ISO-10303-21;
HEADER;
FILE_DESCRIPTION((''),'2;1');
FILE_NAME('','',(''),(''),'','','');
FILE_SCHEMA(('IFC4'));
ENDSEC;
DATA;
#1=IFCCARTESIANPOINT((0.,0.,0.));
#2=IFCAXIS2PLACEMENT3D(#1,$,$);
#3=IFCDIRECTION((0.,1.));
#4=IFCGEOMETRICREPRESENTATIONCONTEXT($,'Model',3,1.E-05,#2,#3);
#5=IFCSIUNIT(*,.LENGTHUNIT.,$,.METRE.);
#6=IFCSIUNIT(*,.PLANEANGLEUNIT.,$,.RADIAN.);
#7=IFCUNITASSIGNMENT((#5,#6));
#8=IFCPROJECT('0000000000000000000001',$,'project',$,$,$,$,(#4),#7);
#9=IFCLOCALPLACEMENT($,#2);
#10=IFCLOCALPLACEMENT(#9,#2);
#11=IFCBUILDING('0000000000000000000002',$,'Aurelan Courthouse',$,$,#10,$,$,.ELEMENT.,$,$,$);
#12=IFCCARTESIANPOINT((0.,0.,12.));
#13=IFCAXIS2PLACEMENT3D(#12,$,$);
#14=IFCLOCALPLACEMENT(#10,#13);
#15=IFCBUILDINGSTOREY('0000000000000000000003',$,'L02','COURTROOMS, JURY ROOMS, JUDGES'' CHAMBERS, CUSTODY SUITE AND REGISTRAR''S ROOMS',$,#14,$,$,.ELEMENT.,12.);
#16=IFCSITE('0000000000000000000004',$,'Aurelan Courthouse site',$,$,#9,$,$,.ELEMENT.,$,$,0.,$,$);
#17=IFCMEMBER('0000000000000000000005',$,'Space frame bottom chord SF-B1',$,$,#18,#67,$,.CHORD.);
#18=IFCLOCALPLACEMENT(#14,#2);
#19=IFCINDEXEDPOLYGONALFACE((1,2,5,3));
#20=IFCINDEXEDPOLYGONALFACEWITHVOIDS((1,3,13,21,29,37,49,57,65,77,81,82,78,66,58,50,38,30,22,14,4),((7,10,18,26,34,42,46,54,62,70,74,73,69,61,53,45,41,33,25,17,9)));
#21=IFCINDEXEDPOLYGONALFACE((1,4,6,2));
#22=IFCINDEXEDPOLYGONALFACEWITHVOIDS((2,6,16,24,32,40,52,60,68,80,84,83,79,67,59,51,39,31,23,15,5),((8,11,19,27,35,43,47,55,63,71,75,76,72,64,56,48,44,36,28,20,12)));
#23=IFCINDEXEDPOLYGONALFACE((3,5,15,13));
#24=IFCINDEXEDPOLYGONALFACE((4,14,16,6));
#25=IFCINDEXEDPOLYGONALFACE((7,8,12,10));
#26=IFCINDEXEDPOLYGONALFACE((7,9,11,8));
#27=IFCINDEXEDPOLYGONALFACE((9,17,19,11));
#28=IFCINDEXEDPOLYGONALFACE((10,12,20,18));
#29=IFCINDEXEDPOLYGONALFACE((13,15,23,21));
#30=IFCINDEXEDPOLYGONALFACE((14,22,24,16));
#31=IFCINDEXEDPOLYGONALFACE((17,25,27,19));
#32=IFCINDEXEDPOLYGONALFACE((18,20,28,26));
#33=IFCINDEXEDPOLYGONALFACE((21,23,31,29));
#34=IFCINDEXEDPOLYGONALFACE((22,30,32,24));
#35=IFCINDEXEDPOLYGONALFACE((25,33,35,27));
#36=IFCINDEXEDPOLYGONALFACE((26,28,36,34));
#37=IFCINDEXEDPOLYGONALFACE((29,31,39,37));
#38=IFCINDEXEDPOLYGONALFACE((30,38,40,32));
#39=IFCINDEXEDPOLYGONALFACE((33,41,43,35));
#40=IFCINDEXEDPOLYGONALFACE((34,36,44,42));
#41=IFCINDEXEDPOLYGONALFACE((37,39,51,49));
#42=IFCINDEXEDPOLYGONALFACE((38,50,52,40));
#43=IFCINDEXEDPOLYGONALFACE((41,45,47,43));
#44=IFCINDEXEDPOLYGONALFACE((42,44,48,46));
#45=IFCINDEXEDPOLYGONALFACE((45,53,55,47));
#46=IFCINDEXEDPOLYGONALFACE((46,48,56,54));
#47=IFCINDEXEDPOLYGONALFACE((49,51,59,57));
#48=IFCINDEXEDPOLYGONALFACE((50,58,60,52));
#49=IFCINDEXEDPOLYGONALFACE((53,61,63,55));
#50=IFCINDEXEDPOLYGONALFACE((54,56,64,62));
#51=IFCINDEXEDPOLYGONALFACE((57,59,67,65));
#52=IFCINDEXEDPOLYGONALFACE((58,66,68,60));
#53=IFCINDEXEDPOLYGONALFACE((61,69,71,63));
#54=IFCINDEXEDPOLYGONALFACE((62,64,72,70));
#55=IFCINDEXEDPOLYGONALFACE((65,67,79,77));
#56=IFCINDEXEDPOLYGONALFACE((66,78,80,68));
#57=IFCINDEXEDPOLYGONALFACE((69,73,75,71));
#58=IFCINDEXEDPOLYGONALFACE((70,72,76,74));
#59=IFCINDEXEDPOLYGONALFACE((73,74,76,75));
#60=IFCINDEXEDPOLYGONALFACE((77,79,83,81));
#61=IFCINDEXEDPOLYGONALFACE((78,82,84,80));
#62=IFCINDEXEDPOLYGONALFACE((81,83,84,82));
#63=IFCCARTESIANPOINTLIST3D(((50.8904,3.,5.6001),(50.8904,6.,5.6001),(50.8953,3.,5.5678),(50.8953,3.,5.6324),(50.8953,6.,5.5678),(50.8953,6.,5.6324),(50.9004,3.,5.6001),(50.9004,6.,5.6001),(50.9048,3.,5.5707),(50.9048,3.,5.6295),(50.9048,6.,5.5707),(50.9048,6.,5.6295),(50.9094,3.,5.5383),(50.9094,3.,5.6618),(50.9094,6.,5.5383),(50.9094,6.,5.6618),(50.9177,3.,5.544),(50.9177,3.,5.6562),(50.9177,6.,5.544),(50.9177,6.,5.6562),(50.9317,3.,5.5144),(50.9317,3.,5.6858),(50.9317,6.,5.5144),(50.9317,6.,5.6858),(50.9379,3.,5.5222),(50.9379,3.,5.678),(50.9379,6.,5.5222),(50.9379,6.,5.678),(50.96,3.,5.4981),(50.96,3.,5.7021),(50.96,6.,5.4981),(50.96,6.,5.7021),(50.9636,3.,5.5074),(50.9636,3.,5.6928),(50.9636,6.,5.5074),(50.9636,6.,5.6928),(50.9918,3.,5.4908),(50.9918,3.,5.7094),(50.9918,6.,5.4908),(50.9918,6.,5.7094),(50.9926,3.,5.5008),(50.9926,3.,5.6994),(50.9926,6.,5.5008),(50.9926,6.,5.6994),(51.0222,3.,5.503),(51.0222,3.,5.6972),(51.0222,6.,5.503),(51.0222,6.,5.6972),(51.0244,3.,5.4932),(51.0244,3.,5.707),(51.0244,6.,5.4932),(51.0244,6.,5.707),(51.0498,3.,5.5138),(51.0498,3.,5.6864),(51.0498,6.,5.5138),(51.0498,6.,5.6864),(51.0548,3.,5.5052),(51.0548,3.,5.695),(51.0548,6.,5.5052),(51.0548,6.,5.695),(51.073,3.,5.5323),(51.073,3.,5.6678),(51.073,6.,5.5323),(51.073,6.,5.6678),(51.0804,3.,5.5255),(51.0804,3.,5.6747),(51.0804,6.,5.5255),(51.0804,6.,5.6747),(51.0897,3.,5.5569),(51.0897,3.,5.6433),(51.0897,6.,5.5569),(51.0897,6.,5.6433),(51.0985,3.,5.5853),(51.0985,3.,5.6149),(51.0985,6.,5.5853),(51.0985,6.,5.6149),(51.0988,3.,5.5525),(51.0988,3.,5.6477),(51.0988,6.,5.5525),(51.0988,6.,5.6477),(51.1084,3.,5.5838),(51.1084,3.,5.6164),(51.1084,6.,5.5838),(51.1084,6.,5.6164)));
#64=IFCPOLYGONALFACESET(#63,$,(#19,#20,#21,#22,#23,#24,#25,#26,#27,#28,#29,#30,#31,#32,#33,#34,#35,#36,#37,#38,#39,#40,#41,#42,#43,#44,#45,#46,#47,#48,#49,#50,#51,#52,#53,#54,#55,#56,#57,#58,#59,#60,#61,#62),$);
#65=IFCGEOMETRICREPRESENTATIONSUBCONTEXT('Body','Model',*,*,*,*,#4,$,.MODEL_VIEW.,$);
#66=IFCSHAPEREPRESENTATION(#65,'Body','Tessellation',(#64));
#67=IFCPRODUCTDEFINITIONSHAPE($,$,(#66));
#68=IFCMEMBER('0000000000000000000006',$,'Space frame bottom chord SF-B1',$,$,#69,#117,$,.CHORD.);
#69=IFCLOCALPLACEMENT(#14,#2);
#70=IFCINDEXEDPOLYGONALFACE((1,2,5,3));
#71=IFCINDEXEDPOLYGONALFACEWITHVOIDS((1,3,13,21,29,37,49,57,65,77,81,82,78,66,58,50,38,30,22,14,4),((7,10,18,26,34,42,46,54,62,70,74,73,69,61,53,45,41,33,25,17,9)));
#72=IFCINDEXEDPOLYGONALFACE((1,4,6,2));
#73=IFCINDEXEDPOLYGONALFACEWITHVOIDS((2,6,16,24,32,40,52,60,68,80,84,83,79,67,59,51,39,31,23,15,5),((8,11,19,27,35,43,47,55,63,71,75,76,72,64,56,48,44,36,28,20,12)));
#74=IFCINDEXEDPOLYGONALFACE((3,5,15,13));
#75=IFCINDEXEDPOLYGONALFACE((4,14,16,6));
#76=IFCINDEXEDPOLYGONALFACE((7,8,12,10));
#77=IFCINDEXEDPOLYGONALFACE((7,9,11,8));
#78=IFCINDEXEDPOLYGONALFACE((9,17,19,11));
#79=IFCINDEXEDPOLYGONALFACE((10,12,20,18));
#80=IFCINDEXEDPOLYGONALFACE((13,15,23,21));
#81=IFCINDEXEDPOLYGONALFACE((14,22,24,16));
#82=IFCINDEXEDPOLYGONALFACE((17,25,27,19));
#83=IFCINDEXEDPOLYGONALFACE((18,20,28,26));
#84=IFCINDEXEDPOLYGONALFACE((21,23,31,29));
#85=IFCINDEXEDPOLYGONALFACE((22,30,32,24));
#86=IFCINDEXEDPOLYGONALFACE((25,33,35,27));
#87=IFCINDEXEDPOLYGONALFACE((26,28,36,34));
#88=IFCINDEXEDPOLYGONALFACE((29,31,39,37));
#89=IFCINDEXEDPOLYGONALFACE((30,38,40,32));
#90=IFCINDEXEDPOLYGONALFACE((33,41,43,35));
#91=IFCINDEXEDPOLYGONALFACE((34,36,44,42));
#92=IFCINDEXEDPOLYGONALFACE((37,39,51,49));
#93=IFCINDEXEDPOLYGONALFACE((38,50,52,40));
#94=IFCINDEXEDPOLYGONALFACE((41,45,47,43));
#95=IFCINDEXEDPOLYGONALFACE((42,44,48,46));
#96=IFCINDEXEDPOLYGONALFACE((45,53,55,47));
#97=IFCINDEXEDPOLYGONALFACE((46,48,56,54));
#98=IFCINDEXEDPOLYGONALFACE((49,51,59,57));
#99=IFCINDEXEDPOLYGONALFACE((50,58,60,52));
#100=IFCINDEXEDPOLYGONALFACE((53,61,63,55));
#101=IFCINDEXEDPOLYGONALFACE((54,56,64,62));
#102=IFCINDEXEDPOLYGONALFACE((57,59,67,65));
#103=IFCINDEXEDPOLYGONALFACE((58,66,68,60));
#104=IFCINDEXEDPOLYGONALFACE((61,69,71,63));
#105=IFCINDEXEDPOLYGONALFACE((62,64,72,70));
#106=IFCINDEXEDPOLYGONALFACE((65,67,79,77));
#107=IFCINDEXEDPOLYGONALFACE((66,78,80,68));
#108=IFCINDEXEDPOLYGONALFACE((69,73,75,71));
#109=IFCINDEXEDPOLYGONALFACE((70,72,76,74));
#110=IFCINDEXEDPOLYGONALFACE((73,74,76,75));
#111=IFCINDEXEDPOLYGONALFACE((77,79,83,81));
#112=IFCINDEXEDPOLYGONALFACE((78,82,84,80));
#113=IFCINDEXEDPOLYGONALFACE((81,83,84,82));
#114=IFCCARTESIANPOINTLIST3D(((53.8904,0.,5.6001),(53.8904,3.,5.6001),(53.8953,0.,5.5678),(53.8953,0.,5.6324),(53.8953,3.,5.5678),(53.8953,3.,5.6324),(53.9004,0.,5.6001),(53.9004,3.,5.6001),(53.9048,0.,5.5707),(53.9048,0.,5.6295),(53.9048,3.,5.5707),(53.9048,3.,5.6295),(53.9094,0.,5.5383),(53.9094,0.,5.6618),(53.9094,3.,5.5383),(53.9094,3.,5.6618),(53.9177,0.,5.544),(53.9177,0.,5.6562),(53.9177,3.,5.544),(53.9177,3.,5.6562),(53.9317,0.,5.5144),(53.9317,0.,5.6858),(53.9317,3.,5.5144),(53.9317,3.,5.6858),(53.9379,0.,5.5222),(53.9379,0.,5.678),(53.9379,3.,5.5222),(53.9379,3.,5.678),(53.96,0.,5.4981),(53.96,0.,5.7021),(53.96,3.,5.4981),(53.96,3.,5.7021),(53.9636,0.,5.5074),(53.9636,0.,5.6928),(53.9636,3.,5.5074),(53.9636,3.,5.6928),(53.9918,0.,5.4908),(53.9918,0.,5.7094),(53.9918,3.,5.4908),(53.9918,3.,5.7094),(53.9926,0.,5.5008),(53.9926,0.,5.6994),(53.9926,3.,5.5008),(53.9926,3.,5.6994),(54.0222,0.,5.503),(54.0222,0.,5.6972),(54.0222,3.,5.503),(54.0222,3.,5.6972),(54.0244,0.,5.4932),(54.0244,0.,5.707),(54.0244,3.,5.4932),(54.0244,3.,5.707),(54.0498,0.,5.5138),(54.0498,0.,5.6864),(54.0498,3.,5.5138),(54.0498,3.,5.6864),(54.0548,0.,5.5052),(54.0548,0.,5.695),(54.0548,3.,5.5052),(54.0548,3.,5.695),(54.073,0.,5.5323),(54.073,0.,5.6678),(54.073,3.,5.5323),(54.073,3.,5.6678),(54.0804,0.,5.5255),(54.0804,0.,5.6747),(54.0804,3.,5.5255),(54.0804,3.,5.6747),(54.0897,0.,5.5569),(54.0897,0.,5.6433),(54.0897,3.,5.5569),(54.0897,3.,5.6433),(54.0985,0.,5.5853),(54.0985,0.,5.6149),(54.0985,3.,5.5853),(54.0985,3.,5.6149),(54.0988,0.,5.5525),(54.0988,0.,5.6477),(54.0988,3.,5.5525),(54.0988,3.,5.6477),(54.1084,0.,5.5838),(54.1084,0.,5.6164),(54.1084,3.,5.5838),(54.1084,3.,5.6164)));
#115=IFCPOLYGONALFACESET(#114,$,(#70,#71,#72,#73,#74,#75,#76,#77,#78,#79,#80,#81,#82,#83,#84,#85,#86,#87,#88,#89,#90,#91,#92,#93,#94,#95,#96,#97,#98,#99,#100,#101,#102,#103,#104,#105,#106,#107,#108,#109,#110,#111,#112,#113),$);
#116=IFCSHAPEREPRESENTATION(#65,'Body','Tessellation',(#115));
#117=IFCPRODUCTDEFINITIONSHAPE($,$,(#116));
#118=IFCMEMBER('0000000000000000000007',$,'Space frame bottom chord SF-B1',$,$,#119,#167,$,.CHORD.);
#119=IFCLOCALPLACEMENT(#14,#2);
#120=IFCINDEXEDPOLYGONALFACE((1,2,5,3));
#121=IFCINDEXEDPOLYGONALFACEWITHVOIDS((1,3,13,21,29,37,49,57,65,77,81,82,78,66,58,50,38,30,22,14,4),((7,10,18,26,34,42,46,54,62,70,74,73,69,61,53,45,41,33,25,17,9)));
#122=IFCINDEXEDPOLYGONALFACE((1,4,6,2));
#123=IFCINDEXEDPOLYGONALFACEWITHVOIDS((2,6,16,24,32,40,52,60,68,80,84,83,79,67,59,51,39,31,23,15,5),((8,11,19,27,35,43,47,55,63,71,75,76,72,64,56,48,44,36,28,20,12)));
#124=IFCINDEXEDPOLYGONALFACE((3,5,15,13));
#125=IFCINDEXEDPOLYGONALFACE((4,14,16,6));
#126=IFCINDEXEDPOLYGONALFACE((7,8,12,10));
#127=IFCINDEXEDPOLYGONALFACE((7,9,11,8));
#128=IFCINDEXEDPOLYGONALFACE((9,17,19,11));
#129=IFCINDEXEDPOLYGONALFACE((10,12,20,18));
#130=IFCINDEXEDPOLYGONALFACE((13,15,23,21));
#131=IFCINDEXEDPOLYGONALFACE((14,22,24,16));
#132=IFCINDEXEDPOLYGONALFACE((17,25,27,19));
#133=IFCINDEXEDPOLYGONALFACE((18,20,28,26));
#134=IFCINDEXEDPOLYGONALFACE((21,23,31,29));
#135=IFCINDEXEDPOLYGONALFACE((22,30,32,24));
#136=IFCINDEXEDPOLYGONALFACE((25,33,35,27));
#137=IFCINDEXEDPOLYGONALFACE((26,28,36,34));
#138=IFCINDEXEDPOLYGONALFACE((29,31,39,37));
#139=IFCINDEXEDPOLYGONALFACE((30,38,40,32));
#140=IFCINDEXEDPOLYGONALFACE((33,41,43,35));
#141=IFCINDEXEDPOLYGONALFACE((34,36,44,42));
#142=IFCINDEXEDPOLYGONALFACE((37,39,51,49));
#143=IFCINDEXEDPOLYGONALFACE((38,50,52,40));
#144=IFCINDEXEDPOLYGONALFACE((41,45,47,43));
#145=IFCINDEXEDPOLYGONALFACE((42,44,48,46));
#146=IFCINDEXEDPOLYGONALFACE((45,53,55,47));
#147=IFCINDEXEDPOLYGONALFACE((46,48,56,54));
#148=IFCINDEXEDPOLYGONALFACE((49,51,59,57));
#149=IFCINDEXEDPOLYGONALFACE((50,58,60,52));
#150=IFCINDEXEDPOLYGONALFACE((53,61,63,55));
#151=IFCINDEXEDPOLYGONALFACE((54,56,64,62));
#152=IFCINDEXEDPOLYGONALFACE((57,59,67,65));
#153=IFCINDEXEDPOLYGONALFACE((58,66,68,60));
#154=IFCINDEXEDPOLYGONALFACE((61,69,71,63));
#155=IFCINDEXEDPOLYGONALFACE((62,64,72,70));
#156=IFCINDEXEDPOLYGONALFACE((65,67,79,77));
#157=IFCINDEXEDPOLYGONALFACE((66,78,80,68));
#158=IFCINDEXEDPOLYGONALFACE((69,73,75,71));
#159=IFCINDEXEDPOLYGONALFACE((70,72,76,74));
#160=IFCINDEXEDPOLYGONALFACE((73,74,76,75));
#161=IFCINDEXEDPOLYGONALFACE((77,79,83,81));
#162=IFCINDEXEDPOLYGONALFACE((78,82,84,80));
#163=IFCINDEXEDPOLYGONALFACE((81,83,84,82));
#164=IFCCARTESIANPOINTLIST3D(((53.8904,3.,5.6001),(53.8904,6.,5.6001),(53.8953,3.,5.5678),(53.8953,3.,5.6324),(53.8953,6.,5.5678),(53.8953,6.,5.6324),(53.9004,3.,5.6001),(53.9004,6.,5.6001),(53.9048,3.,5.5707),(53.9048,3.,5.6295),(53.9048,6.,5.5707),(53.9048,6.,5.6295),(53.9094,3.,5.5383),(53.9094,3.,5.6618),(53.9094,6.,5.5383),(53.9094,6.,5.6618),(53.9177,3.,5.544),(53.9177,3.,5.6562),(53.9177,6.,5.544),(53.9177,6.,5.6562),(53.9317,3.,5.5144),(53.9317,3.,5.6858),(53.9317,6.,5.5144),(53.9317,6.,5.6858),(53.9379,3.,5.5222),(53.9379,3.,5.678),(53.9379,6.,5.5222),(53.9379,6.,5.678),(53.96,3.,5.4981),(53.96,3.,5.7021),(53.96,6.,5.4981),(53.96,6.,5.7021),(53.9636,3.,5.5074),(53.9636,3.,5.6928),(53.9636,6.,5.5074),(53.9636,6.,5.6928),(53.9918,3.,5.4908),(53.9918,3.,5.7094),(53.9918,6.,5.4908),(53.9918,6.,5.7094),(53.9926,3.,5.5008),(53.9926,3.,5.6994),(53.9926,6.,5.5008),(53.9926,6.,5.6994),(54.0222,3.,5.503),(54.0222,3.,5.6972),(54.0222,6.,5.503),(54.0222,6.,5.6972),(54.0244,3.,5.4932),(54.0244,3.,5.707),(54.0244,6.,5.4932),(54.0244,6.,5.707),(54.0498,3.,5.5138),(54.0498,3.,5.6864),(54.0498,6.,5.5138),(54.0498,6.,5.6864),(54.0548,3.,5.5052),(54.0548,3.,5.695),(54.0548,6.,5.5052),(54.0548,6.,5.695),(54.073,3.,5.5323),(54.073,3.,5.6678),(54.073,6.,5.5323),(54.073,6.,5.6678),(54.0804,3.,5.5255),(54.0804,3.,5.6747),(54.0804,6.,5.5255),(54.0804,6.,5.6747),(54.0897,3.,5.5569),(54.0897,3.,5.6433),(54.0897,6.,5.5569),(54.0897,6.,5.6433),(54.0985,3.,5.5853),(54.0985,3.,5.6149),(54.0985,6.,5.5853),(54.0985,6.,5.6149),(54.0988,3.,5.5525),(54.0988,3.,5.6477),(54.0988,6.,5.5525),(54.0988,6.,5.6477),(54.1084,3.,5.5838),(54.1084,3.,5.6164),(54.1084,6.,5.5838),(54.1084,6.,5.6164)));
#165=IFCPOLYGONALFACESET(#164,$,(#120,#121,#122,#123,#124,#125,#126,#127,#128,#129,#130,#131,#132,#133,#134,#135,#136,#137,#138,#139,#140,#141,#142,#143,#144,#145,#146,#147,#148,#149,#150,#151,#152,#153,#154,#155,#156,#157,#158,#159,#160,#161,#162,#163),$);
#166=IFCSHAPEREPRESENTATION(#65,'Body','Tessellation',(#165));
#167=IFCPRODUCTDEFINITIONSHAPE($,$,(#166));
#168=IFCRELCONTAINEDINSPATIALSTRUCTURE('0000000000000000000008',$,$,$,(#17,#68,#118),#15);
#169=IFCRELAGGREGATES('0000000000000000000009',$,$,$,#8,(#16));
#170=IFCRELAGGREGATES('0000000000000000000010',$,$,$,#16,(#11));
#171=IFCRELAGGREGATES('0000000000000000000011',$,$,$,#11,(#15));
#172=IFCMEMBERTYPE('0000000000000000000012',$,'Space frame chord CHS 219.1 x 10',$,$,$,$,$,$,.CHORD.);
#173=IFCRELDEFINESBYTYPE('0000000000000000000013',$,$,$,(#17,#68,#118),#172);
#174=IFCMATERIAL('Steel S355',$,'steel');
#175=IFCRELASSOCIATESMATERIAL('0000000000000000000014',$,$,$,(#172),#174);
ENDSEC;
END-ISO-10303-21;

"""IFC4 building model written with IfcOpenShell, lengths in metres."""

from ifc_helpers import new_model, si_unit, direction, frame, origin, origin_2d, place, context, subcontext, project, spatial, hollow_circle, extrude, material, material_profile, profile_set, type_object, element, save


model = new_model("IFC4")

# Units and contexts
model_context = context("Model", 3, precision=1e-05, world=origin(), true_north=direction((0.0, 1.0)))
body_context = subcontext(model_context, "Body", "Model", "MODEL_VIEW")
ifc_project = project(units=[si_unit("LENGTHUNIT", "METRE"), si_unit("PLANEANGLEUNIT", "RADIAN")], contexts=[model_context])

# Site, building, storey
site_placement = place(None, origin())
site = spatial("IfcSite", under=ifc_project, at=site_placement, Name="Aurelan Courthouse site", CompositionType="ELEMENT", RefElevation=0.0)
building_placement = place(site_placement, origin())
building = spatial("IfcBuilding", under=site, at=building_placement, Name="Aurelan Courthouse", CompositionType="ELEMENT")
storey_placement = place(building_placement, frame((0.0, 0.0, 12.0)))
storey = spatial("IfcBuildingStorey", under=building, at=storey_placement, Name="L02", Description="COURTROOMS, JURY ROOMS, JUDGES' CHAMBERS, CUSTODY SUITE AND REGISTRAR'S ROOMS", CompositionType="ELEMENT", Elevation=12.0)

# Members
ifc_material_1 = material(Name="Steel S355", Category="steel")
ifc_material_profile_1 = material_profile(ifc_material_1, hollow_circle(Radius=0.1096, WallThickness=0.01, at=origin_2d()), Name="CHS 219.1 x 10")
ifc_profile_set_1 = profile_set([ifc_material_profile_1], Name="Steel S355")
member_type_1 = type_object("IfcMemberType", Name="Space frame chord CHS 219.1 x 10", PredefinedType="CHORD", material=ifc_profile_set_1)
for number, where, z_axis, x_axis, name in (
    (1, (51.0, 3.0, 5.6001), (0.0, 1.0, 0.0), (-1.0, 0.0, 0.0), "Space frame bottom chord SF-B1"),
    (2, (54.0, 0.0, 5.6001), (0.0, 1.0, 0.0), (-1.0, 0.0, 0.0), "Space frame bottom chord SF-B1"),
    (3, (54.0, 3.0, 5.6001), (0.0, 1.0, 0.0), (-1.0, 0.0, 0.0), "Space frame bottom chord SF-B1"),
):
    element("IfcMember", number, at=place(storey_placement, frame(where, z_axis=z_axis, x_axis=x_axis)), inside=storey, type_object=member_type_1, Name=name, PredefinedType="CHORD", context=body_context, shape_type="SweptSolid", body=[
        extrude(hollow_circle(Radius=0.1096, WallThickness=0.01, at=origin_2d()), origin(), (0.0, 0.0, 1.0), 3.0),
    ])

save(model, "model.ifc")
